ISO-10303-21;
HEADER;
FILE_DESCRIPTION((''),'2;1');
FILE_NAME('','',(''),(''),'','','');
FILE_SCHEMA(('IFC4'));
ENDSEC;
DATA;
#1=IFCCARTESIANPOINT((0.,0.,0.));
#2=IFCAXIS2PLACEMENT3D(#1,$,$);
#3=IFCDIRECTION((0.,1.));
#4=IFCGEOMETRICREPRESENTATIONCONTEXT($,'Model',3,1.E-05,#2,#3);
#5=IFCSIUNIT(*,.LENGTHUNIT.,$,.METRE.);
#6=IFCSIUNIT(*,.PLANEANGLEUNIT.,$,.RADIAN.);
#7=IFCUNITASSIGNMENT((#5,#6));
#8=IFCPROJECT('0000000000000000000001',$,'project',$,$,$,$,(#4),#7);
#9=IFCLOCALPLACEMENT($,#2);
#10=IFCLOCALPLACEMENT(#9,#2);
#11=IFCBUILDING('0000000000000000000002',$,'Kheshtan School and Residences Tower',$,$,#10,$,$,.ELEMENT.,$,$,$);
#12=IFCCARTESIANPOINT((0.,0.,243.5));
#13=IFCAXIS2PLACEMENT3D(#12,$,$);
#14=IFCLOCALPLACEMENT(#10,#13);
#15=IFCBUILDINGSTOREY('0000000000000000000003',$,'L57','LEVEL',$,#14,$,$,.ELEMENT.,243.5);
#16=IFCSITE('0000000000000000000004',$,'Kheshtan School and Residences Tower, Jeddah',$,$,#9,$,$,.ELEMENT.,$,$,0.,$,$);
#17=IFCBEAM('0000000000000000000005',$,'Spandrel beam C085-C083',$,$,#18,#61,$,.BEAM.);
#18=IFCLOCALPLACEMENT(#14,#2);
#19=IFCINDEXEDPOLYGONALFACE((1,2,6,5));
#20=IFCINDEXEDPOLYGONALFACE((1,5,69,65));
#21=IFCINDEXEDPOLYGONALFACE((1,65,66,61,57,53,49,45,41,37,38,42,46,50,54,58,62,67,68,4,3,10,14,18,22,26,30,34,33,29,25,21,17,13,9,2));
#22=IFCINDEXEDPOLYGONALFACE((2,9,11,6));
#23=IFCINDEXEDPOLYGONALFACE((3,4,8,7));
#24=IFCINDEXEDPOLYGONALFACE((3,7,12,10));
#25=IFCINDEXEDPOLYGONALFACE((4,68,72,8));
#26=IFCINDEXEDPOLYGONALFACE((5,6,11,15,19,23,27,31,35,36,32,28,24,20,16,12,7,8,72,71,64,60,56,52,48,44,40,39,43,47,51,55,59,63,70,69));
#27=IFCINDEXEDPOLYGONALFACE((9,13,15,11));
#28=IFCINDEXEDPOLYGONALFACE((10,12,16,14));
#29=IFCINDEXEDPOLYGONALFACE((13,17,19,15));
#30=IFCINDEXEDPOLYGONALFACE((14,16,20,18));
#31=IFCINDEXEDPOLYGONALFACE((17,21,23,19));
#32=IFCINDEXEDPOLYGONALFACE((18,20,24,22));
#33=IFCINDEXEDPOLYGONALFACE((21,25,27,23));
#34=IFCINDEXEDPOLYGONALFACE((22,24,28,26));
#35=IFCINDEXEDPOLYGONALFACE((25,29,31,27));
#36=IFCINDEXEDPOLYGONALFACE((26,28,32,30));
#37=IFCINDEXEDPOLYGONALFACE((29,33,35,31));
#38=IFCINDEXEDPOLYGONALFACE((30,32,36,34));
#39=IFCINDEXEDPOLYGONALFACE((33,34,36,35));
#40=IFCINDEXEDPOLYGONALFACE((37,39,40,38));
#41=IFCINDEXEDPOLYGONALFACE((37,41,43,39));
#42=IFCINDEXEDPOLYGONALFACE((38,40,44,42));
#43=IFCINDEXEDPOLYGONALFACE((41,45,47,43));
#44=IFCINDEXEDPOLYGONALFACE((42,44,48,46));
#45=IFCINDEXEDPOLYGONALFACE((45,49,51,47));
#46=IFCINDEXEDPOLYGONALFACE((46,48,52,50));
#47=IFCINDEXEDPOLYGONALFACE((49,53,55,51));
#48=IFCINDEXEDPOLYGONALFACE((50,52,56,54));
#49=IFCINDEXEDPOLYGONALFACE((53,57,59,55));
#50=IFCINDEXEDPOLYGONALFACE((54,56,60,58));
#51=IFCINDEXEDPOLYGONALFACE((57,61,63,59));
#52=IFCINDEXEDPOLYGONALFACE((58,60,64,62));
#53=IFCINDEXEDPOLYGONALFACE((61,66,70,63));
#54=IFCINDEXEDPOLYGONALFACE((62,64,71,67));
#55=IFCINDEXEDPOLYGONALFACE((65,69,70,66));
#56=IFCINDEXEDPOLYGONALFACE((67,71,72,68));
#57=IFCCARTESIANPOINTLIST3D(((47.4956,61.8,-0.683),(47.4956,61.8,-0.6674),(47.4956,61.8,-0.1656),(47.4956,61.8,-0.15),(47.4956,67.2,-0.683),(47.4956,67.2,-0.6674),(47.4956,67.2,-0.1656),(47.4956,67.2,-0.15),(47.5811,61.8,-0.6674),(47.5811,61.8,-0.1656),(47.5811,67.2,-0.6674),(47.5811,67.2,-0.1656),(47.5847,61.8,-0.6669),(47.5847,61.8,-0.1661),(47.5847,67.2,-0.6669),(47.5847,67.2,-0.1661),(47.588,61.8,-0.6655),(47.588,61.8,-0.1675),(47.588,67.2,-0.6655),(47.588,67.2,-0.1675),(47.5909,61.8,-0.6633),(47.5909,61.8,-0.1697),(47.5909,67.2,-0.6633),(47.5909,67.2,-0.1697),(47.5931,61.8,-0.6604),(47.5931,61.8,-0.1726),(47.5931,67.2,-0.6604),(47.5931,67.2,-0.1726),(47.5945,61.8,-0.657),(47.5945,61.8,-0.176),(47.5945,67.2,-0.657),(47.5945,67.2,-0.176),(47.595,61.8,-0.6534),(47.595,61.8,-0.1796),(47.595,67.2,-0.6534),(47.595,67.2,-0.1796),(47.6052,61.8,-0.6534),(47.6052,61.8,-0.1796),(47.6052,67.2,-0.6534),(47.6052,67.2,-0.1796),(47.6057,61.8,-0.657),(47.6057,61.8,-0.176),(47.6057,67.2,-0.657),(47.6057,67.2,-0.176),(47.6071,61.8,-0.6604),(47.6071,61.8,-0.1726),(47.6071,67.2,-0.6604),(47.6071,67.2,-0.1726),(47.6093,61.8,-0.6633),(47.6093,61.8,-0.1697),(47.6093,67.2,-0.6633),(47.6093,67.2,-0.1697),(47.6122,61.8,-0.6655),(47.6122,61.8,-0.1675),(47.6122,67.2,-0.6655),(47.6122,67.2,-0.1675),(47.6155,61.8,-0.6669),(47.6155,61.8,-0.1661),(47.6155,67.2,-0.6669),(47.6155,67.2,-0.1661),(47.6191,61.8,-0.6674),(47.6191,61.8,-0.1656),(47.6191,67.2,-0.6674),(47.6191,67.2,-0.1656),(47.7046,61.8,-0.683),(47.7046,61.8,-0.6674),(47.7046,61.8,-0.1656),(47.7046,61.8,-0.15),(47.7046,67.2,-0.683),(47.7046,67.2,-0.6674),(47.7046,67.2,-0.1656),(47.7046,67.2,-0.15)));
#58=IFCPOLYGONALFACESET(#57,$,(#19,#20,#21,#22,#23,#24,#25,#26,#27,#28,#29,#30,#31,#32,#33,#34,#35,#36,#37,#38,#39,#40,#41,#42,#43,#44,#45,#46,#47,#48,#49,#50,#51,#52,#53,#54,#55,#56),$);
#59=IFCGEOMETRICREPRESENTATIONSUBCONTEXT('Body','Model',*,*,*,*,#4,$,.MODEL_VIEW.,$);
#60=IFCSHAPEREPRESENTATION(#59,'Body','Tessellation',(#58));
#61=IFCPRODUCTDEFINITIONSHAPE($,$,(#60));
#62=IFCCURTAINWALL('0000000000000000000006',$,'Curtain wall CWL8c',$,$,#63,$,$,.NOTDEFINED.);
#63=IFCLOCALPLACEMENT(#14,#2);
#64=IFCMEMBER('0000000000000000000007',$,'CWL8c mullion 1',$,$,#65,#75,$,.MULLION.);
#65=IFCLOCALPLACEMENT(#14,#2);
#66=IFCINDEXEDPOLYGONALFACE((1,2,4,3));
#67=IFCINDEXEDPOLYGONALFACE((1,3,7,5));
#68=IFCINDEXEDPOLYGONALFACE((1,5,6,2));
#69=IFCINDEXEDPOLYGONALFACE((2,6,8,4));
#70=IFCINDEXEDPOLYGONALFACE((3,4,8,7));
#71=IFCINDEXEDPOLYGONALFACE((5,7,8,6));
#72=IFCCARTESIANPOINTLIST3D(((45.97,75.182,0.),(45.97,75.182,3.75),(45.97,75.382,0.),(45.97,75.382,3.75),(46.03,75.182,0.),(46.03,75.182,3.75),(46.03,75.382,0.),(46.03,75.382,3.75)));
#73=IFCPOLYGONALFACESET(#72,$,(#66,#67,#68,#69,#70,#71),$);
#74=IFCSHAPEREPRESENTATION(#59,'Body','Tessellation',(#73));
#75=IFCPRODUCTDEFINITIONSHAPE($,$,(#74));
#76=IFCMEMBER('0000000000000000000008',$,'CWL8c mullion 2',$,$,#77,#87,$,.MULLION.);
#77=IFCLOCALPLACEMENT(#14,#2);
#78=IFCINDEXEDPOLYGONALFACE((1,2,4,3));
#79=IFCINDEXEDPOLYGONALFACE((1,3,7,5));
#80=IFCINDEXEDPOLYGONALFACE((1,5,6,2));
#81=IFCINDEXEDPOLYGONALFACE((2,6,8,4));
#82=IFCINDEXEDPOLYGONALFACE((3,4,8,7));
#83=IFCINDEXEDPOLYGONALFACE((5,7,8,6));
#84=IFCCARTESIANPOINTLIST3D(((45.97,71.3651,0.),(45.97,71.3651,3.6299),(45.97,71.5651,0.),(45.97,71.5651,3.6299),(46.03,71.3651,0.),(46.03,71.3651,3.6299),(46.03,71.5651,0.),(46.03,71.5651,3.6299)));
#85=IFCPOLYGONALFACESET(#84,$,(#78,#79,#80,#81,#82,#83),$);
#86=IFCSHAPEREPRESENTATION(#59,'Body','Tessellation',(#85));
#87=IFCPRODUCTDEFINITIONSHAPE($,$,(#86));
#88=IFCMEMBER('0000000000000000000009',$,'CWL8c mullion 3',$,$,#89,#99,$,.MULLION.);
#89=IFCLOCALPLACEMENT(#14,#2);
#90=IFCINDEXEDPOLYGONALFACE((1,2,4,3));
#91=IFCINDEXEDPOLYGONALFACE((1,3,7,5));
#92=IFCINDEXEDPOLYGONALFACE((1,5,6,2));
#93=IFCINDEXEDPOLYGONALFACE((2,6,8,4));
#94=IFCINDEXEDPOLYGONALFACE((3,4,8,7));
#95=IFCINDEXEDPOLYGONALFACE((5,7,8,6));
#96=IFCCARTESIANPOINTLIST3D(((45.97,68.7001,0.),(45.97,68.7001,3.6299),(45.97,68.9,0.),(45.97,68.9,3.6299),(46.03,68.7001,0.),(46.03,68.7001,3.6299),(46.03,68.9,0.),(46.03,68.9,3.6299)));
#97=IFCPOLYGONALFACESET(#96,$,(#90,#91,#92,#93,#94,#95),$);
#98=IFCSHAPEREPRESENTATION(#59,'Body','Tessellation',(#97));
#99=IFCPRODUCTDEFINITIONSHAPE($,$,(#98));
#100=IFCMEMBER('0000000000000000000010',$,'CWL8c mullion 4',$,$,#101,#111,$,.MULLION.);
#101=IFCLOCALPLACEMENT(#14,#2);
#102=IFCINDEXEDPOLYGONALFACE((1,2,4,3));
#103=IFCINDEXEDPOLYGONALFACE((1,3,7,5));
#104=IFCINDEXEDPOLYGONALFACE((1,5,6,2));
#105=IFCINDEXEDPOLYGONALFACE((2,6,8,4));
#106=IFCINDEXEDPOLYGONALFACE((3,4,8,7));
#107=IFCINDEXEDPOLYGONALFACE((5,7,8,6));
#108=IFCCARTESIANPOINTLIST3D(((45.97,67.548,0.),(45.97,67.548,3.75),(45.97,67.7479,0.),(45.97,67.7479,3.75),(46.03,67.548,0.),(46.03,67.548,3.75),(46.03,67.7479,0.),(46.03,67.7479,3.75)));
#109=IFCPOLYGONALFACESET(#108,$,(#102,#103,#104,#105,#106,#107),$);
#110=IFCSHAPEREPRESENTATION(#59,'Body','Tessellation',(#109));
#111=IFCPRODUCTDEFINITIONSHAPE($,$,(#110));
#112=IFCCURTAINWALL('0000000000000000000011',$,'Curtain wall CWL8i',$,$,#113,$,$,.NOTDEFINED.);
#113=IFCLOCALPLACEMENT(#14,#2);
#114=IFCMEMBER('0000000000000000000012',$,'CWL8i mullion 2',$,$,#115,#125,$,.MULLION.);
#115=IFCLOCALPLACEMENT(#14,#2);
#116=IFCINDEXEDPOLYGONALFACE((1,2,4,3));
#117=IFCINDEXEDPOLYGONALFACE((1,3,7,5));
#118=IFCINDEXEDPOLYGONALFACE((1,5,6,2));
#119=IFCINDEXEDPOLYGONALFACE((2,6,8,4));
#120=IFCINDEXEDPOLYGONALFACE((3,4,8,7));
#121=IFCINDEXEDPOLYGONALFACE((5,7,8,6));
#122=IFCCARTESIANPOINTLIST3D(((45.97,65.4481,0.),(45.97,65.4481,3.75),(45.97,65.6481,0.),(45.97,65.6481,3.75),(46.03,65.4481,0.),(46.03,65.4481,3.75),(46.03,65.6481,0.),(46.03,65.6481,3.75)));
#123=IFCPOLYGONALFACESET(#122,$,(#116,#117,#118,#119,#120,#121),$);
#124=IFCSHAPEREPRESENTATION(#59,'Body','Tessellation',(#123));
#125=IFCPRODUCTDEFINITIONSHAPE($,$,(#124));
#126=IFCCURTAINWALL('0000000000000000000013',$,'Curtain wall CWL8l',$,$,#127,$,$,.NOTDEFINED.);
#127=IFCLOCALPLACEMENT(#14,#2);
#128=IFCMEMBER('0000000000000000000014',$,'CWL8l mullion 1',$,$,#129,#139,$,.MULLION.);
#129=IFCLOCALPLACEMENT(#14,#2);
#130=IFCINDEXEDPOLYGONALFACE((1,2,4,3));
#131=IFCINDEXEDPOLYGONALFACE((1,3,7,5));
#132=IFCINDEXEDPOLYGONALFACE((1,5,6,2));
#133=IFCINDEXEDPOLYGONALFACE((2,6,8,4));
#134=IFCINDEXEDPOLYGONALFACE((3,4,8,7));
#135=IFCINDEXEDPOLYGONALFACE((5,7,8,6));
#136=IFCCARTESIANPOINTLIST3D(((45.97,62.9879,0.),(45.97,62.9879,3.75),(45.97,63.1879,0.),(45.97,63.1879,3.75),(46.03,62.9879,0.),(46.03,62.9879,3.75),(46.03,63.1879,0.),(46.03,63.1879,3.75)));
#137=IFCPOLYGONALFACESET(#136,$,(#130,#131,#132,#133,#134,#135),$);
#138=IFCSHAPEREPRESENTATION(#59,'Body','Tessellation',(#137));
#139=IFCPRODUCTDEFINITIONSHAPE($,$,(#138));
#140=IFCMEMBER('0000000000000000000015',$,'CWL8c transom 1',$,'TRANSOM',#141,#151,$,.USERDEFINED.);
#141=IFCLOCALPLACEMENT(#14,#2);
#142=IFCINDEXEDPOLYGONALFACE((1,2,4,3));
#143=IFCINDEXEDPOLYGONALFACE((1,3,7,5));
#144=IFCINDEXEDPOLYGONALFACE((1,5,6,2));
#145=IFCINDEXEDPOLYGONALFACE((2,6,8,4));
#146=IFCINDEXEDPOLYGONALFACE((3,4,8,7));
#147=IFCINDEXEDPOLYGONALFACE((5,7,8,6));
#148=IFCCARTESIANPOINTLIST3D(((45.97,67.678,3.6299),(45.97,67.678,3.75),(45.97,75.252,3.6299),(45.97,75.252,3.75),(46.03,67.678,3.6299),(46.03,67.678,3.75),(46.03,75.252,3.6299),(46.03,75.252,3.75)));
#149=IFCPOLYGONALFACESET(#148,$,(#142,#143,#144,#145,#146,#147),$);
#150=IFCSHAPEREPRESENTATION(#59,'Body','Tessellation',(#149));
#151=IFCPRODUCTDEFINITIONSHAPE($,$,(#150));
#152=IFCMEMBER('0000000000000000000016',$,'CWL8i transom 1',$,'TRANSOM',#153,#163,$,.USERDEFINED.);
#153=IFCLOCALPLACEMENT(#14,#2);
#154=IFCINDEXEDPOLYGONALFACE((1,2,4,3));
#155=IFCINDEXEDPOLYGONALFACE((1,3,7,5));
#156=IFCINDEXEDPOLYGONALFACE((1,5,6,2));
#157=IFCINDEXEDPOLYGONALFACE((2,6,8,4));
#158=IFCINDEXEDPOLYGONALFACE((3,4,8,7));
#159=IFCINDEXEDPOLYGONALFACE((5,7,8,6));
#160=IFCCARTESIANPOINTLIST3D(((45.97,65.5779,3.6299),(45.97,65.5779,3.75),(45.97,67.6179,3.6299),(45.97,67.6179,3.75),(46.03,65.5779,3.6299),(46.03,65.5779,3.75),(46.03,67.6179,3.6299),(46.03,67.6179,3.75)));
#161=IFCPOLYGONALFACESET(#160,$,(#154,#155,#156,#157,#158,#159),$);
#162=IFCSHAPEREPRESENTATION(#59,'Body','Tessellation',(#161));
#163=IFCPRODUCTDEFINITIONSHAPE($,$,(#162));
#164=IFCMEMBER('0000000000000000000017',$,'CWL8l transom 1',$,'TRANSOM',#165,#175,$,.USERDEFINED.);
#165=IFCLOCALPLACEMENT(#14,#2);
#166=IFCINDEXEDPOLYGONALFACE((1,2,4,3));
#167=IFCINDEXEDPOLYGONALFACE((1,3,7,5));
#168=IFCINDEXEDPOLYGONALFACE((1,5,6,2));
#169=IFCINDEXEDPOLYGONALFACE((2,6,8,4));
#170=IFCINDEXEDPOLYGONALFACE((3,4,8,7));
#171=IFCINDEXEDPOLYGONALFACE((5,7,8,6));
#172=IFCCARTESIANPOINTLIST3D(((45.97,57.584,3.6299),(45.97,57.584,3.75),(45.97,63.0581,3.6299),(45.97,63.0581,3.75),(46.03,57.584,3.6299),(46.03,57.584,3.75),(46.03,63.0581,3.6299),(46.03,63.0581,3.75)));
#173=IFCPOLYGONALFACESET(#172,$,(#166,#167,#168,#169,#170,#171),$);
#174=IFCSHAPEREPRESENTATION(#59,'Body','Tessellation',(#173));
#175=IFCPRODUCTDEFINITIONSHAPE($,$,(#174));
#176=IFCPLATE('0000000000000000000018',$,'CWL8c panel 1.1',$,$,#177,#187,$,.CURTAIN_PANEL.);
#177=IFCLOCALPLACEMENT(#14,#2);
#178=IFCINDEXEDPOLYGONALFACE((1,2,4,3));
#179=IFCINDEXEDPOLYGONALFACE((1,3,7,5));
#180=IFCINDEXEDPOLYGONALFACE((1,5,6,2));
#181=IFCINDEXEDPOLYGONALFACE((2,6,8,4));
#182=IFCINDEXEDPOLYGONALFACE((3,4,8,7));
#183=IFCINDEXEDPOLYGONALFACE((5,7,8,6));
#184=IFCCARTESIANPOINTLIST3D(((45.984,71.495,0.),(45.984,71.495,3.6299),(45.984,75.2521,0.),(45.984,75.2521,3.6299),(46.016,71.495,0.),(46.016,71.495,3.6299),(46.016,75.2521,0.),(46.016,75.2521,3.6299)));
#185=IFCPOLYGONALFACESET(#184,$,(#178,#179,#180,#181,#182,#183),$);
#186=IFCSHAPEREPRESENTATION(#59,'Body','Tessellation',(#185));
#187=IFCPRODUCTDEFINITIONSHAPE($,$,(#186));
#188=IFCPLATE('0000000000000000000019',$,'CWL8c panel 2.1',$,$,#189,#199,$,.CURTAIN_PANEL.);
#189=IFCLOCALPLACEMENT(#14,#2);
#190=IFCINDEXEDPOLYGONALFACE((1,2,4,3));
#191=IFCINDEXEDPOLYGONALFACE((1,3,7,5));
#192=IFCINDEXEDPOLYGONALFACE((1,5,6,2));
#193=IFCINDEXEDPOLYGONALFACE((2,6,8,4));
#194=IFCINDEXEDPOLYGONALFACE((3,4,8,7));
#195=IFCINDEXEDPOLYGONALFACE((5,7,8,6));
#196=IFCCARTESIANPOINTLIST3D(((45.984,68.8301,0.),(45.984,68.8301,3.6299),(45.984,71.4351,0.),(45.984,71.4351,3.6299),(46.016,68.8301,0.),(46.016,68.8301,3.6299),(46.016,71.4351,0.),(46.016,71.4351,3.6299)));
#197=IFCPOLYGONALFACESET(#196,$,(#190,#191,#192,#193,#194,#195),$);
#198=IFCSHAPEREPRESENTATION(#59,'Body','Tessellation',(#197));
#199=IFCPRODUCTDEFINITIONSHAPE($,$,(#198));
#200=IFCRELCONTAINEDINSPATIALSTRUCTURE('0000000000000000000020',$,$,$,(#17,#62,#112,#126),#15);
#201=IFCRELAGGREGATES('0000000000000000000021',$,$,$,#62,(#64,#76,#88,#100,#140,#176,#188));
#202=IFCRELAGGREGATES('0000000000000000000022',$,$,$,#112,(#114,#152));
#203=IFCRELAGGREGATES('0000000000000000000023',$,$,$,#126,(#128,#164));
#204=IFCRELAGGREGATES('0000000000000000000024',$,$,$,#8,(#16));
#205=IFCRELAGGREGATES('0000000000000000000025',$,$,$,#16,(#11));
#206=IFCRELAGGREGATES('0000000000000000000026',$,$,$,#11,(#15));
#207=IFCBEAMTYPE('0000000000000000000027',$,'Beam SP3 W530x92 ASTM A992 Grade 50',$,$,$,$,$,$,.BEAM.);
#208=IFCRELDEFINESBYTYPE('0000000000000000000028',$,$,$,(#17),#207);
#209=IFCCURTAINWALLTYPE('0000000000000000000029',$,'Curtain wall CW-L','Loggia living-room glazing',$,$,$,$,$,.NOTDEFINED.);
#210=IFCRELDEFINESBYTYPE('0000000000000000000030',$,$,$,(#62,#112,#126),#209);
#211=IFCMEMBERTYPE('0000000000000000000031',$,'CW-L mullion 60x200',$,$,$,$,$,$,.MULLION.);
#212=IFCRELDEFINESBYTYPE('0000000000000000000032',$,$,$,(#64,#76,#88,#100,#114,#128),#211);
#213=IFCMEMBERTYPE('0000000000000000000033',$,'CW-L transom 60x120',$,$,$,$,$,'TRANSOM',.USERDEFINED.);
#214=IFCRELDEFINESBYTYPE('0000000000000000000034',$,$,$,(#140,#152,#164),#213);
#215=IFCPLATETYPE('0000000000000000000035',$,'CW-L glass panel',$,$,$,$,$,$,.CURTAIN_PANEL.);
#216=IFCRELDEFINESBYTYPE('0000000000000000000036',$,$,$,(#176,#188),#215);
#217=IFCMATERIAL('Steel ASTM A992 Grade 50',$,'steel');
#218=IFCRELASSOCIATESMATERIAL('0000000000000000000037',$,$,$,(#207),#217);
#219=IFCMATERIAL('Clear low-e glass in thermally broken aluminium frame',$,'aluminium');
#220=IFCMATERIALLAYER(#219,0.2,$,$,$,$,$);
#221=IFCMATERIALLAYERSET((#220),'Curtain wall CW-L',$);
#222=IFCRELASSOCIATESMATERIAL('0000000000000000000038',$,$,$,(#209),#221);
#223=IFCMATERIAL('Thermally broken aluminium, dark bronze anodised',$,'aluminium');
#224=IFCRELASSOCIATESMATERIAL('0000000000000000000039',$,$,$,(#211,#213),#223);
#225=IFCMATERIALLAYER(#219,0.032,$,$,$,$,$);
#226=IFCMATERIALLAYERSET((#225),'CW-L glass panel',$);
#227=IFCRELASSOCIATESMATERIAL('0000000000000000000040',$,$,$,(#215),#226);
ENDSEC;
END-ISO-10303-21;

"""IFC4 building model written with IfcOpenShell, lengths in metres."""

from ifc_helpers import new_model, si_unit, direction, frame, origin, origin_2d, place, context, subcontext, project, spatial, rectangle, i_section, extrude, material, layer, layer_set, material_profile, profile_set, type_object, element, aggregate, save


model = new_model("IFC4")

# Units and contexts
model_context = context("Model", 3, precision=1e-05, world=origin(), true_north=direction((0.0, 1.0)))
body_context = subcontext(model_context, "Body", "Model", "MODEL_VIEW")
ifc_project = project(units=[si_unit("LENGTHUNIT", "METRE"), si_unit("PLANEANGLEUNIT", "RADIAN")], contexts=[model_context])

# Site, building, storey
site_placement = place(None, origin())
site = spatial("IfcSite", under=ifc_project, at=site_placement, Name="Kheshtan School and Residences Tower, Jeddah", CompositionType="ELEMENT", RefElevation=0.0)
building_placement = place(site_placement, origin())
building = spatial("IfcBuilding", under=site, at=building_placement, Name="Kheshtan School and Residences Tower", CompositionType="ELEMENT")
storey_placement = place(building_placement, frame((0.0, 0.0, 243.5)))
storey = spatial("IfcBuildingStorey", under=building, at=storey_placement, Name="L57", Description="LEVEL", CompositionType="ELEMENT", Elevation=243.5)

# Shared definitions
ifc_material_1 = material(Name="Steel ASTM A992 Grade 50", Category="steel")

# Beam
ifc_material_profile_1 = material_profile(ifc_material_1, i_section(OverallWidth=0.209, OverallDepth=0.533, WebThickness=0.0103, FlangeThickness=0.0156, FilletRadius=0.0139, at=origin_2d()), Name="W530x92")
ifc_profile_set_1 = profile_set([ifc_material_profile_1], Name="Steel ASTM A992 Grade 50")
beam_type_1 = type_object("IfcBeamType", Name="Beam SP3 W530x92 ASTM A992 Grade 50", PredefinedType="BEAM", material=ifc_profile_set_1)
beam_1_placement = place(storey_placement, frame((47.6001, 67.2, -0.4165), z_axis=(0.0, -1.0, 0.0), x_axis=(1.0, 0.0, 0.0)))
element("IfcBeam", 1, at=beam_1_placement, inside=storey, type_object=beam_type_1, Name="Spandrel beam C085-C083", PredefinedType="BEAM", context=body_context, shape_type="SweptSolid", body=[
    extrude(i_section(OverallWidth=0.209, OverallDepth=0.533, WebThickness=0.0103, FlangeThickness=0.0156, FilletRadius=0.0139, at=origin_2d()), origin(), (0.0, 0.0, 1.0), 5.3999),
])

# Curtain wall, members
ifc_material_2 = material(Name="Clear low-e glass in thermally broken aluminium frame", Category="aluminium")
ifc_layer_1 = layer(ifc_material_2, 0.2)
ifc_layer_set_1 = layer_set([ifc_layer_1], Name="Curtain wall CW-L")
curtain_wall_type = type_object("IfcCurtainWallType", Name="Curtain wall CW-L", Description="Loggia living-room glazing", PredefinedType="NOTDEFINED", material=ifc_layer_set_1)
curtain_wall_1_placement = place(storey_placement, origin())
curtain_wall_1 = element("IfcCurtainWall", 2, at=curtain_wall_1_placement, inside=storey, type_object=curtain_wall_type, Name="Curtain wall CWL8c", PredefinedType="NOTDEFINED")
ifc_material_3 = material(Name="Thermally broken aluminium, dark bronze anodised", Category="aluminium")
ifc_material_profile_2 = material_profile(ifc_material_3, rectangle(XDim=0.0601, YDim=0.2, at=origin_2d()), Name="CW-L mullion 60x200")
ifc_profile_set_2 = profile_set([ifc_material_profile_2], Name="Thermally broken aluminium, dark bronze anodised")
member_type_1 = type_object("IfcMemberType", Name="CW-L mullion 60x200", PredefinedType="MULLION", material=ifc_profile_set_2)
member_1_placement = place(storey_placement, frame((46.0, 75.282, 0.0), z_axis=(0.0, 0.0, 1.0), x_axis=(1.0, 0.0, 0.0)))
member_1 = element("IfcMember", 3, at=member_1_placement, type_object=member_type_1, Name="CWL8c mullion 1", PredefinedType="MULLION", context=body_context, shape_type="SweptSolid", body=[
    extrude(rectangle(XDim=0.0601, YDim=0.2, at=origin_2d()), origin(), (0.0, 0.0, 1.0), 3.75),
])
member_2_placement = place(storey_placement, frame((46.0, 71.4651, 0.0), z_axis=(0.0, 0.0, 1.0), x_axis=(1.0, 0.0, 0.0)))
member_2 = element("IfcMember", 4, at=member_2_placement, type_object=member_type_1, Name="CWL8c mullion 2", PredefinedType="MULLION", context=body_context, shape_type="SweptSolid", body=[
    extrude(rectangle(XDim=0.0601, YDim=0.2, at=origin_2d()), origin(), (0.0, 0.0, 1.0), 3.6299),
])
member_3_placement = place(storey_placement, frame((46.0, 68.8, 0.0), z_axis=(0.0, 0.0, 1.0), x_axis=(1.0, 0.0, 0.0)))
member_3 = element("IfcMember", 5, at=member_3_placement, type_object=member_type_1, Name="CWL8c mullion 3", PredefinedType="MULLION", context=body_context, shape_type="SweptSolid", body=[
    extrude(rectangle(XDim=0.0601, YDim=0.2, at=origin_2d()), origin(), (0.0, 0.0, 1.0), 3.6299),
])
member_4_placement = place(storey_placement, frame((46.0, 67.6479, 0.0), z_axis=(0.0, 0.0, 1.0), x_axis=(1.0, 0.0, 0.0)))
member_4 = element("IfcMember", 6, at=member_4_placement, type_object=member_type_1, Name="CWL8c mullion 4", PredefinedType="MULLION", context=body_context, shape_type="SweptSolid", body=[
    extrude(rectangle(XDim=0.0601, YDim=0.2, at=origin_2d()), origin(), (0.0, 0.0, 1.0), 3.75),
])

# Curtain walls, members
curtain_wall_2_placement = place(storey_placement, origin())
curtain_wall_2 = element("IfcCurtainWall", 7, at=curtain_wall_2_placement, inside=storey, type_object=curtain_wall_type, Name="Curtain wall CWL8i", PredefinedType="NOTDEFINED")
member_5_placement = place(storey_placement, frame((46.0, 65.5481, 0.0), z_axis=(0.0, 0.0, 1.0), x_axis=(1.0, 0.0, 0.0)))
member_5 = element("IfcMember", 8, at=member_5_placement, type_object=member_type_1, Name="CWL8i mullion 2", PredefinedType="MULLION", context=body_context, shape_type="SweptSolid", body=[
    extrude(rectangle(XDim=0.0601, YDim=0.2, at=origin_2d()), origin(), (0.0, 0.0, 1.0), 3.75),
])
curtain_wall_3_placement = place(storey_placement, origin())
curtain_wall_3 = element("IfcCurtainWall", 9, at=curtain_wall_3_placement, inside=storey, type_object=curtain_wall_type, Name="Curtain wall CWL8l", PredefinedType="NOTDEFINED")
member_6_placement = place(storey_placement, frame((46.0, 63.0879, 0.0), z_axis=(0.0, 0.0, 1.0), x_axis=(1.0, 0.0, 0.0)))
member_6 = element("IfcMember", 10, at=member_6_placement, type_object=member_type_1, Name="CWL8l mullion 1", PredefinedType="MULLION", context=body_context, shape_type="SweptSolid", body=[
    extrude(rectangle(XDim=0.0601, YDim=0.2, at=origin_2d()), origin(), (0.0, 0.0, 1.0), 3.75),
])

# Members
ifc_material_profile_3 = material_profile(ifc_material_3, rectangle(XDim=0.0601, YDim=0.1201, at=origin_2d()), Name="CW-L transom 60x120")
ifc_profile_set_3 = profile_set([ifc_material_profile_3], Name="Thermally broken aluminium, dark bronze anodised")
member_type_2 = type_object("IfcMemberType", Name="CW-L transom 60x120", ElementType="TRANSOM", PredefinedType="USERDEFINED", material=ifc_profile_set_3)
member_7_placement = place(storey_placement, frame((46.0, 75.252, 3.6899), z_axis=(0.0, -1.0, 0.0), x_axis=(1.0, 0.0, 0.0)))
member_7 = element("IfcMember", 11, at=member_7_placement, type_object=member_type_2, Name="CWL8c transom 1", ObjectType="TRANSOM", PredefinedType="USERDEFINED", context=body_context, shape_type="SweptSolid", body=[
    extrude(rectangle(XDim=0.0601, YDim=0.1201, at=origin_2d()), origin(), (0.0, 0.0, 1.0), 7.574),
])
member_8_placement = place(storey_placement, frame((46.0, 67.6179, 3.6899), z_axis=(0.0, -1.0, 0.0), x_axis=(1.0, 0.0, 0.0)))
member_8 = element("IfcMember", 12, at=member_8_placement, type_object=member_type_2, Name="CWL8i transom 1", ObjectType="TRANSOM", PredefinedType="USERDEFINED", context=body_context, shape_type="SweptSolid", body=[
    extrude(rectangle(XDim=0.0601, YDim=0.1201, at=origin_2d()), origin(), (0.0, 0.0, 1.0), 2.04),
])
member_9_placement = place(storey_placement, frame((46.0, 63.0581, 3.6899), z_axis=(0.0, -1.0, 0.0), x_axis=(1.0, 0.0, 0.0)))
member_9 = element("IfcMember", 13, at=member_9_placement, type_object=member_type_2, Name="CWL8l transom 1", ObjectType="TRANSOM", PredefinedType="USERDEFINED", context=body_context, shape_type="SweptSolid", body=[
    extrude(rectangle(XDim=0.0601, YDim=0.1201, at=origin_2d()), origin(), (0.0, 0.0, 1.0), 5.4741),
])

# Plates
ifc_layer_2 = layer(ifc_material_2, 0.032)
ifc_layer_set_2 = layer_set([ifc_layer_2], Name="CW-L glass panel")
plate_type = type_object("IfcPlateType", Name="CW-L glass panel", PredefinedType="CURTAIN_PANEL", material=ifc_layer_set_2)
plate_1_placement = place(storey_placement, frame((46.0, 73.3735, 0.0), z_axis=(0.0, 0.0, 1.0), x_axis=(0.0, -1.0, 0.0)))
plate_1 = element("IfcPlate", 14, at=plate_1_placement, type_object=plate_type, Name="CWL8c panel 1.1", PredefinedType="CURTAIN_PANEL", context=body_context, shape_type="SweptSolid", body=[
    extrude(rectangle(XDim=3.7571, YDim=0.032, at=origin_2d()), origin(), (0.0, 0.0, 1.0), 3.6299),
])
plate_2_placement = place(storey_placement, frame((46.0, 70.1326, 0.0), z_axis=(0.0, 0.0, 1.0), x_axis=(0.0, -1.0, 0.0)))
plate_2 = element("IfcPlate", 15, at=plate_2_placement, type_object=plate_type, Name="CWL8c panel 2.1", PredefinedType="CURTAIN_PANEL", context=body_context, shape_type="SweptSolid", body=[
    extrude(rectangle(XDim=2.605, YDim=0.032, at=origin_2d()), origin(), (0.0, 0.0, 1.0), 3.6299),
])
aggregate(curtain_wall_1, [member_1, member_2, member_3, member_4, member_7, plate_1, plate_2])
aggregate(curtain_wall_2, [member_5, member_8])
aggregate(curtain_wall_3, [member_6, member_9])

save(model, "model.ifc")
